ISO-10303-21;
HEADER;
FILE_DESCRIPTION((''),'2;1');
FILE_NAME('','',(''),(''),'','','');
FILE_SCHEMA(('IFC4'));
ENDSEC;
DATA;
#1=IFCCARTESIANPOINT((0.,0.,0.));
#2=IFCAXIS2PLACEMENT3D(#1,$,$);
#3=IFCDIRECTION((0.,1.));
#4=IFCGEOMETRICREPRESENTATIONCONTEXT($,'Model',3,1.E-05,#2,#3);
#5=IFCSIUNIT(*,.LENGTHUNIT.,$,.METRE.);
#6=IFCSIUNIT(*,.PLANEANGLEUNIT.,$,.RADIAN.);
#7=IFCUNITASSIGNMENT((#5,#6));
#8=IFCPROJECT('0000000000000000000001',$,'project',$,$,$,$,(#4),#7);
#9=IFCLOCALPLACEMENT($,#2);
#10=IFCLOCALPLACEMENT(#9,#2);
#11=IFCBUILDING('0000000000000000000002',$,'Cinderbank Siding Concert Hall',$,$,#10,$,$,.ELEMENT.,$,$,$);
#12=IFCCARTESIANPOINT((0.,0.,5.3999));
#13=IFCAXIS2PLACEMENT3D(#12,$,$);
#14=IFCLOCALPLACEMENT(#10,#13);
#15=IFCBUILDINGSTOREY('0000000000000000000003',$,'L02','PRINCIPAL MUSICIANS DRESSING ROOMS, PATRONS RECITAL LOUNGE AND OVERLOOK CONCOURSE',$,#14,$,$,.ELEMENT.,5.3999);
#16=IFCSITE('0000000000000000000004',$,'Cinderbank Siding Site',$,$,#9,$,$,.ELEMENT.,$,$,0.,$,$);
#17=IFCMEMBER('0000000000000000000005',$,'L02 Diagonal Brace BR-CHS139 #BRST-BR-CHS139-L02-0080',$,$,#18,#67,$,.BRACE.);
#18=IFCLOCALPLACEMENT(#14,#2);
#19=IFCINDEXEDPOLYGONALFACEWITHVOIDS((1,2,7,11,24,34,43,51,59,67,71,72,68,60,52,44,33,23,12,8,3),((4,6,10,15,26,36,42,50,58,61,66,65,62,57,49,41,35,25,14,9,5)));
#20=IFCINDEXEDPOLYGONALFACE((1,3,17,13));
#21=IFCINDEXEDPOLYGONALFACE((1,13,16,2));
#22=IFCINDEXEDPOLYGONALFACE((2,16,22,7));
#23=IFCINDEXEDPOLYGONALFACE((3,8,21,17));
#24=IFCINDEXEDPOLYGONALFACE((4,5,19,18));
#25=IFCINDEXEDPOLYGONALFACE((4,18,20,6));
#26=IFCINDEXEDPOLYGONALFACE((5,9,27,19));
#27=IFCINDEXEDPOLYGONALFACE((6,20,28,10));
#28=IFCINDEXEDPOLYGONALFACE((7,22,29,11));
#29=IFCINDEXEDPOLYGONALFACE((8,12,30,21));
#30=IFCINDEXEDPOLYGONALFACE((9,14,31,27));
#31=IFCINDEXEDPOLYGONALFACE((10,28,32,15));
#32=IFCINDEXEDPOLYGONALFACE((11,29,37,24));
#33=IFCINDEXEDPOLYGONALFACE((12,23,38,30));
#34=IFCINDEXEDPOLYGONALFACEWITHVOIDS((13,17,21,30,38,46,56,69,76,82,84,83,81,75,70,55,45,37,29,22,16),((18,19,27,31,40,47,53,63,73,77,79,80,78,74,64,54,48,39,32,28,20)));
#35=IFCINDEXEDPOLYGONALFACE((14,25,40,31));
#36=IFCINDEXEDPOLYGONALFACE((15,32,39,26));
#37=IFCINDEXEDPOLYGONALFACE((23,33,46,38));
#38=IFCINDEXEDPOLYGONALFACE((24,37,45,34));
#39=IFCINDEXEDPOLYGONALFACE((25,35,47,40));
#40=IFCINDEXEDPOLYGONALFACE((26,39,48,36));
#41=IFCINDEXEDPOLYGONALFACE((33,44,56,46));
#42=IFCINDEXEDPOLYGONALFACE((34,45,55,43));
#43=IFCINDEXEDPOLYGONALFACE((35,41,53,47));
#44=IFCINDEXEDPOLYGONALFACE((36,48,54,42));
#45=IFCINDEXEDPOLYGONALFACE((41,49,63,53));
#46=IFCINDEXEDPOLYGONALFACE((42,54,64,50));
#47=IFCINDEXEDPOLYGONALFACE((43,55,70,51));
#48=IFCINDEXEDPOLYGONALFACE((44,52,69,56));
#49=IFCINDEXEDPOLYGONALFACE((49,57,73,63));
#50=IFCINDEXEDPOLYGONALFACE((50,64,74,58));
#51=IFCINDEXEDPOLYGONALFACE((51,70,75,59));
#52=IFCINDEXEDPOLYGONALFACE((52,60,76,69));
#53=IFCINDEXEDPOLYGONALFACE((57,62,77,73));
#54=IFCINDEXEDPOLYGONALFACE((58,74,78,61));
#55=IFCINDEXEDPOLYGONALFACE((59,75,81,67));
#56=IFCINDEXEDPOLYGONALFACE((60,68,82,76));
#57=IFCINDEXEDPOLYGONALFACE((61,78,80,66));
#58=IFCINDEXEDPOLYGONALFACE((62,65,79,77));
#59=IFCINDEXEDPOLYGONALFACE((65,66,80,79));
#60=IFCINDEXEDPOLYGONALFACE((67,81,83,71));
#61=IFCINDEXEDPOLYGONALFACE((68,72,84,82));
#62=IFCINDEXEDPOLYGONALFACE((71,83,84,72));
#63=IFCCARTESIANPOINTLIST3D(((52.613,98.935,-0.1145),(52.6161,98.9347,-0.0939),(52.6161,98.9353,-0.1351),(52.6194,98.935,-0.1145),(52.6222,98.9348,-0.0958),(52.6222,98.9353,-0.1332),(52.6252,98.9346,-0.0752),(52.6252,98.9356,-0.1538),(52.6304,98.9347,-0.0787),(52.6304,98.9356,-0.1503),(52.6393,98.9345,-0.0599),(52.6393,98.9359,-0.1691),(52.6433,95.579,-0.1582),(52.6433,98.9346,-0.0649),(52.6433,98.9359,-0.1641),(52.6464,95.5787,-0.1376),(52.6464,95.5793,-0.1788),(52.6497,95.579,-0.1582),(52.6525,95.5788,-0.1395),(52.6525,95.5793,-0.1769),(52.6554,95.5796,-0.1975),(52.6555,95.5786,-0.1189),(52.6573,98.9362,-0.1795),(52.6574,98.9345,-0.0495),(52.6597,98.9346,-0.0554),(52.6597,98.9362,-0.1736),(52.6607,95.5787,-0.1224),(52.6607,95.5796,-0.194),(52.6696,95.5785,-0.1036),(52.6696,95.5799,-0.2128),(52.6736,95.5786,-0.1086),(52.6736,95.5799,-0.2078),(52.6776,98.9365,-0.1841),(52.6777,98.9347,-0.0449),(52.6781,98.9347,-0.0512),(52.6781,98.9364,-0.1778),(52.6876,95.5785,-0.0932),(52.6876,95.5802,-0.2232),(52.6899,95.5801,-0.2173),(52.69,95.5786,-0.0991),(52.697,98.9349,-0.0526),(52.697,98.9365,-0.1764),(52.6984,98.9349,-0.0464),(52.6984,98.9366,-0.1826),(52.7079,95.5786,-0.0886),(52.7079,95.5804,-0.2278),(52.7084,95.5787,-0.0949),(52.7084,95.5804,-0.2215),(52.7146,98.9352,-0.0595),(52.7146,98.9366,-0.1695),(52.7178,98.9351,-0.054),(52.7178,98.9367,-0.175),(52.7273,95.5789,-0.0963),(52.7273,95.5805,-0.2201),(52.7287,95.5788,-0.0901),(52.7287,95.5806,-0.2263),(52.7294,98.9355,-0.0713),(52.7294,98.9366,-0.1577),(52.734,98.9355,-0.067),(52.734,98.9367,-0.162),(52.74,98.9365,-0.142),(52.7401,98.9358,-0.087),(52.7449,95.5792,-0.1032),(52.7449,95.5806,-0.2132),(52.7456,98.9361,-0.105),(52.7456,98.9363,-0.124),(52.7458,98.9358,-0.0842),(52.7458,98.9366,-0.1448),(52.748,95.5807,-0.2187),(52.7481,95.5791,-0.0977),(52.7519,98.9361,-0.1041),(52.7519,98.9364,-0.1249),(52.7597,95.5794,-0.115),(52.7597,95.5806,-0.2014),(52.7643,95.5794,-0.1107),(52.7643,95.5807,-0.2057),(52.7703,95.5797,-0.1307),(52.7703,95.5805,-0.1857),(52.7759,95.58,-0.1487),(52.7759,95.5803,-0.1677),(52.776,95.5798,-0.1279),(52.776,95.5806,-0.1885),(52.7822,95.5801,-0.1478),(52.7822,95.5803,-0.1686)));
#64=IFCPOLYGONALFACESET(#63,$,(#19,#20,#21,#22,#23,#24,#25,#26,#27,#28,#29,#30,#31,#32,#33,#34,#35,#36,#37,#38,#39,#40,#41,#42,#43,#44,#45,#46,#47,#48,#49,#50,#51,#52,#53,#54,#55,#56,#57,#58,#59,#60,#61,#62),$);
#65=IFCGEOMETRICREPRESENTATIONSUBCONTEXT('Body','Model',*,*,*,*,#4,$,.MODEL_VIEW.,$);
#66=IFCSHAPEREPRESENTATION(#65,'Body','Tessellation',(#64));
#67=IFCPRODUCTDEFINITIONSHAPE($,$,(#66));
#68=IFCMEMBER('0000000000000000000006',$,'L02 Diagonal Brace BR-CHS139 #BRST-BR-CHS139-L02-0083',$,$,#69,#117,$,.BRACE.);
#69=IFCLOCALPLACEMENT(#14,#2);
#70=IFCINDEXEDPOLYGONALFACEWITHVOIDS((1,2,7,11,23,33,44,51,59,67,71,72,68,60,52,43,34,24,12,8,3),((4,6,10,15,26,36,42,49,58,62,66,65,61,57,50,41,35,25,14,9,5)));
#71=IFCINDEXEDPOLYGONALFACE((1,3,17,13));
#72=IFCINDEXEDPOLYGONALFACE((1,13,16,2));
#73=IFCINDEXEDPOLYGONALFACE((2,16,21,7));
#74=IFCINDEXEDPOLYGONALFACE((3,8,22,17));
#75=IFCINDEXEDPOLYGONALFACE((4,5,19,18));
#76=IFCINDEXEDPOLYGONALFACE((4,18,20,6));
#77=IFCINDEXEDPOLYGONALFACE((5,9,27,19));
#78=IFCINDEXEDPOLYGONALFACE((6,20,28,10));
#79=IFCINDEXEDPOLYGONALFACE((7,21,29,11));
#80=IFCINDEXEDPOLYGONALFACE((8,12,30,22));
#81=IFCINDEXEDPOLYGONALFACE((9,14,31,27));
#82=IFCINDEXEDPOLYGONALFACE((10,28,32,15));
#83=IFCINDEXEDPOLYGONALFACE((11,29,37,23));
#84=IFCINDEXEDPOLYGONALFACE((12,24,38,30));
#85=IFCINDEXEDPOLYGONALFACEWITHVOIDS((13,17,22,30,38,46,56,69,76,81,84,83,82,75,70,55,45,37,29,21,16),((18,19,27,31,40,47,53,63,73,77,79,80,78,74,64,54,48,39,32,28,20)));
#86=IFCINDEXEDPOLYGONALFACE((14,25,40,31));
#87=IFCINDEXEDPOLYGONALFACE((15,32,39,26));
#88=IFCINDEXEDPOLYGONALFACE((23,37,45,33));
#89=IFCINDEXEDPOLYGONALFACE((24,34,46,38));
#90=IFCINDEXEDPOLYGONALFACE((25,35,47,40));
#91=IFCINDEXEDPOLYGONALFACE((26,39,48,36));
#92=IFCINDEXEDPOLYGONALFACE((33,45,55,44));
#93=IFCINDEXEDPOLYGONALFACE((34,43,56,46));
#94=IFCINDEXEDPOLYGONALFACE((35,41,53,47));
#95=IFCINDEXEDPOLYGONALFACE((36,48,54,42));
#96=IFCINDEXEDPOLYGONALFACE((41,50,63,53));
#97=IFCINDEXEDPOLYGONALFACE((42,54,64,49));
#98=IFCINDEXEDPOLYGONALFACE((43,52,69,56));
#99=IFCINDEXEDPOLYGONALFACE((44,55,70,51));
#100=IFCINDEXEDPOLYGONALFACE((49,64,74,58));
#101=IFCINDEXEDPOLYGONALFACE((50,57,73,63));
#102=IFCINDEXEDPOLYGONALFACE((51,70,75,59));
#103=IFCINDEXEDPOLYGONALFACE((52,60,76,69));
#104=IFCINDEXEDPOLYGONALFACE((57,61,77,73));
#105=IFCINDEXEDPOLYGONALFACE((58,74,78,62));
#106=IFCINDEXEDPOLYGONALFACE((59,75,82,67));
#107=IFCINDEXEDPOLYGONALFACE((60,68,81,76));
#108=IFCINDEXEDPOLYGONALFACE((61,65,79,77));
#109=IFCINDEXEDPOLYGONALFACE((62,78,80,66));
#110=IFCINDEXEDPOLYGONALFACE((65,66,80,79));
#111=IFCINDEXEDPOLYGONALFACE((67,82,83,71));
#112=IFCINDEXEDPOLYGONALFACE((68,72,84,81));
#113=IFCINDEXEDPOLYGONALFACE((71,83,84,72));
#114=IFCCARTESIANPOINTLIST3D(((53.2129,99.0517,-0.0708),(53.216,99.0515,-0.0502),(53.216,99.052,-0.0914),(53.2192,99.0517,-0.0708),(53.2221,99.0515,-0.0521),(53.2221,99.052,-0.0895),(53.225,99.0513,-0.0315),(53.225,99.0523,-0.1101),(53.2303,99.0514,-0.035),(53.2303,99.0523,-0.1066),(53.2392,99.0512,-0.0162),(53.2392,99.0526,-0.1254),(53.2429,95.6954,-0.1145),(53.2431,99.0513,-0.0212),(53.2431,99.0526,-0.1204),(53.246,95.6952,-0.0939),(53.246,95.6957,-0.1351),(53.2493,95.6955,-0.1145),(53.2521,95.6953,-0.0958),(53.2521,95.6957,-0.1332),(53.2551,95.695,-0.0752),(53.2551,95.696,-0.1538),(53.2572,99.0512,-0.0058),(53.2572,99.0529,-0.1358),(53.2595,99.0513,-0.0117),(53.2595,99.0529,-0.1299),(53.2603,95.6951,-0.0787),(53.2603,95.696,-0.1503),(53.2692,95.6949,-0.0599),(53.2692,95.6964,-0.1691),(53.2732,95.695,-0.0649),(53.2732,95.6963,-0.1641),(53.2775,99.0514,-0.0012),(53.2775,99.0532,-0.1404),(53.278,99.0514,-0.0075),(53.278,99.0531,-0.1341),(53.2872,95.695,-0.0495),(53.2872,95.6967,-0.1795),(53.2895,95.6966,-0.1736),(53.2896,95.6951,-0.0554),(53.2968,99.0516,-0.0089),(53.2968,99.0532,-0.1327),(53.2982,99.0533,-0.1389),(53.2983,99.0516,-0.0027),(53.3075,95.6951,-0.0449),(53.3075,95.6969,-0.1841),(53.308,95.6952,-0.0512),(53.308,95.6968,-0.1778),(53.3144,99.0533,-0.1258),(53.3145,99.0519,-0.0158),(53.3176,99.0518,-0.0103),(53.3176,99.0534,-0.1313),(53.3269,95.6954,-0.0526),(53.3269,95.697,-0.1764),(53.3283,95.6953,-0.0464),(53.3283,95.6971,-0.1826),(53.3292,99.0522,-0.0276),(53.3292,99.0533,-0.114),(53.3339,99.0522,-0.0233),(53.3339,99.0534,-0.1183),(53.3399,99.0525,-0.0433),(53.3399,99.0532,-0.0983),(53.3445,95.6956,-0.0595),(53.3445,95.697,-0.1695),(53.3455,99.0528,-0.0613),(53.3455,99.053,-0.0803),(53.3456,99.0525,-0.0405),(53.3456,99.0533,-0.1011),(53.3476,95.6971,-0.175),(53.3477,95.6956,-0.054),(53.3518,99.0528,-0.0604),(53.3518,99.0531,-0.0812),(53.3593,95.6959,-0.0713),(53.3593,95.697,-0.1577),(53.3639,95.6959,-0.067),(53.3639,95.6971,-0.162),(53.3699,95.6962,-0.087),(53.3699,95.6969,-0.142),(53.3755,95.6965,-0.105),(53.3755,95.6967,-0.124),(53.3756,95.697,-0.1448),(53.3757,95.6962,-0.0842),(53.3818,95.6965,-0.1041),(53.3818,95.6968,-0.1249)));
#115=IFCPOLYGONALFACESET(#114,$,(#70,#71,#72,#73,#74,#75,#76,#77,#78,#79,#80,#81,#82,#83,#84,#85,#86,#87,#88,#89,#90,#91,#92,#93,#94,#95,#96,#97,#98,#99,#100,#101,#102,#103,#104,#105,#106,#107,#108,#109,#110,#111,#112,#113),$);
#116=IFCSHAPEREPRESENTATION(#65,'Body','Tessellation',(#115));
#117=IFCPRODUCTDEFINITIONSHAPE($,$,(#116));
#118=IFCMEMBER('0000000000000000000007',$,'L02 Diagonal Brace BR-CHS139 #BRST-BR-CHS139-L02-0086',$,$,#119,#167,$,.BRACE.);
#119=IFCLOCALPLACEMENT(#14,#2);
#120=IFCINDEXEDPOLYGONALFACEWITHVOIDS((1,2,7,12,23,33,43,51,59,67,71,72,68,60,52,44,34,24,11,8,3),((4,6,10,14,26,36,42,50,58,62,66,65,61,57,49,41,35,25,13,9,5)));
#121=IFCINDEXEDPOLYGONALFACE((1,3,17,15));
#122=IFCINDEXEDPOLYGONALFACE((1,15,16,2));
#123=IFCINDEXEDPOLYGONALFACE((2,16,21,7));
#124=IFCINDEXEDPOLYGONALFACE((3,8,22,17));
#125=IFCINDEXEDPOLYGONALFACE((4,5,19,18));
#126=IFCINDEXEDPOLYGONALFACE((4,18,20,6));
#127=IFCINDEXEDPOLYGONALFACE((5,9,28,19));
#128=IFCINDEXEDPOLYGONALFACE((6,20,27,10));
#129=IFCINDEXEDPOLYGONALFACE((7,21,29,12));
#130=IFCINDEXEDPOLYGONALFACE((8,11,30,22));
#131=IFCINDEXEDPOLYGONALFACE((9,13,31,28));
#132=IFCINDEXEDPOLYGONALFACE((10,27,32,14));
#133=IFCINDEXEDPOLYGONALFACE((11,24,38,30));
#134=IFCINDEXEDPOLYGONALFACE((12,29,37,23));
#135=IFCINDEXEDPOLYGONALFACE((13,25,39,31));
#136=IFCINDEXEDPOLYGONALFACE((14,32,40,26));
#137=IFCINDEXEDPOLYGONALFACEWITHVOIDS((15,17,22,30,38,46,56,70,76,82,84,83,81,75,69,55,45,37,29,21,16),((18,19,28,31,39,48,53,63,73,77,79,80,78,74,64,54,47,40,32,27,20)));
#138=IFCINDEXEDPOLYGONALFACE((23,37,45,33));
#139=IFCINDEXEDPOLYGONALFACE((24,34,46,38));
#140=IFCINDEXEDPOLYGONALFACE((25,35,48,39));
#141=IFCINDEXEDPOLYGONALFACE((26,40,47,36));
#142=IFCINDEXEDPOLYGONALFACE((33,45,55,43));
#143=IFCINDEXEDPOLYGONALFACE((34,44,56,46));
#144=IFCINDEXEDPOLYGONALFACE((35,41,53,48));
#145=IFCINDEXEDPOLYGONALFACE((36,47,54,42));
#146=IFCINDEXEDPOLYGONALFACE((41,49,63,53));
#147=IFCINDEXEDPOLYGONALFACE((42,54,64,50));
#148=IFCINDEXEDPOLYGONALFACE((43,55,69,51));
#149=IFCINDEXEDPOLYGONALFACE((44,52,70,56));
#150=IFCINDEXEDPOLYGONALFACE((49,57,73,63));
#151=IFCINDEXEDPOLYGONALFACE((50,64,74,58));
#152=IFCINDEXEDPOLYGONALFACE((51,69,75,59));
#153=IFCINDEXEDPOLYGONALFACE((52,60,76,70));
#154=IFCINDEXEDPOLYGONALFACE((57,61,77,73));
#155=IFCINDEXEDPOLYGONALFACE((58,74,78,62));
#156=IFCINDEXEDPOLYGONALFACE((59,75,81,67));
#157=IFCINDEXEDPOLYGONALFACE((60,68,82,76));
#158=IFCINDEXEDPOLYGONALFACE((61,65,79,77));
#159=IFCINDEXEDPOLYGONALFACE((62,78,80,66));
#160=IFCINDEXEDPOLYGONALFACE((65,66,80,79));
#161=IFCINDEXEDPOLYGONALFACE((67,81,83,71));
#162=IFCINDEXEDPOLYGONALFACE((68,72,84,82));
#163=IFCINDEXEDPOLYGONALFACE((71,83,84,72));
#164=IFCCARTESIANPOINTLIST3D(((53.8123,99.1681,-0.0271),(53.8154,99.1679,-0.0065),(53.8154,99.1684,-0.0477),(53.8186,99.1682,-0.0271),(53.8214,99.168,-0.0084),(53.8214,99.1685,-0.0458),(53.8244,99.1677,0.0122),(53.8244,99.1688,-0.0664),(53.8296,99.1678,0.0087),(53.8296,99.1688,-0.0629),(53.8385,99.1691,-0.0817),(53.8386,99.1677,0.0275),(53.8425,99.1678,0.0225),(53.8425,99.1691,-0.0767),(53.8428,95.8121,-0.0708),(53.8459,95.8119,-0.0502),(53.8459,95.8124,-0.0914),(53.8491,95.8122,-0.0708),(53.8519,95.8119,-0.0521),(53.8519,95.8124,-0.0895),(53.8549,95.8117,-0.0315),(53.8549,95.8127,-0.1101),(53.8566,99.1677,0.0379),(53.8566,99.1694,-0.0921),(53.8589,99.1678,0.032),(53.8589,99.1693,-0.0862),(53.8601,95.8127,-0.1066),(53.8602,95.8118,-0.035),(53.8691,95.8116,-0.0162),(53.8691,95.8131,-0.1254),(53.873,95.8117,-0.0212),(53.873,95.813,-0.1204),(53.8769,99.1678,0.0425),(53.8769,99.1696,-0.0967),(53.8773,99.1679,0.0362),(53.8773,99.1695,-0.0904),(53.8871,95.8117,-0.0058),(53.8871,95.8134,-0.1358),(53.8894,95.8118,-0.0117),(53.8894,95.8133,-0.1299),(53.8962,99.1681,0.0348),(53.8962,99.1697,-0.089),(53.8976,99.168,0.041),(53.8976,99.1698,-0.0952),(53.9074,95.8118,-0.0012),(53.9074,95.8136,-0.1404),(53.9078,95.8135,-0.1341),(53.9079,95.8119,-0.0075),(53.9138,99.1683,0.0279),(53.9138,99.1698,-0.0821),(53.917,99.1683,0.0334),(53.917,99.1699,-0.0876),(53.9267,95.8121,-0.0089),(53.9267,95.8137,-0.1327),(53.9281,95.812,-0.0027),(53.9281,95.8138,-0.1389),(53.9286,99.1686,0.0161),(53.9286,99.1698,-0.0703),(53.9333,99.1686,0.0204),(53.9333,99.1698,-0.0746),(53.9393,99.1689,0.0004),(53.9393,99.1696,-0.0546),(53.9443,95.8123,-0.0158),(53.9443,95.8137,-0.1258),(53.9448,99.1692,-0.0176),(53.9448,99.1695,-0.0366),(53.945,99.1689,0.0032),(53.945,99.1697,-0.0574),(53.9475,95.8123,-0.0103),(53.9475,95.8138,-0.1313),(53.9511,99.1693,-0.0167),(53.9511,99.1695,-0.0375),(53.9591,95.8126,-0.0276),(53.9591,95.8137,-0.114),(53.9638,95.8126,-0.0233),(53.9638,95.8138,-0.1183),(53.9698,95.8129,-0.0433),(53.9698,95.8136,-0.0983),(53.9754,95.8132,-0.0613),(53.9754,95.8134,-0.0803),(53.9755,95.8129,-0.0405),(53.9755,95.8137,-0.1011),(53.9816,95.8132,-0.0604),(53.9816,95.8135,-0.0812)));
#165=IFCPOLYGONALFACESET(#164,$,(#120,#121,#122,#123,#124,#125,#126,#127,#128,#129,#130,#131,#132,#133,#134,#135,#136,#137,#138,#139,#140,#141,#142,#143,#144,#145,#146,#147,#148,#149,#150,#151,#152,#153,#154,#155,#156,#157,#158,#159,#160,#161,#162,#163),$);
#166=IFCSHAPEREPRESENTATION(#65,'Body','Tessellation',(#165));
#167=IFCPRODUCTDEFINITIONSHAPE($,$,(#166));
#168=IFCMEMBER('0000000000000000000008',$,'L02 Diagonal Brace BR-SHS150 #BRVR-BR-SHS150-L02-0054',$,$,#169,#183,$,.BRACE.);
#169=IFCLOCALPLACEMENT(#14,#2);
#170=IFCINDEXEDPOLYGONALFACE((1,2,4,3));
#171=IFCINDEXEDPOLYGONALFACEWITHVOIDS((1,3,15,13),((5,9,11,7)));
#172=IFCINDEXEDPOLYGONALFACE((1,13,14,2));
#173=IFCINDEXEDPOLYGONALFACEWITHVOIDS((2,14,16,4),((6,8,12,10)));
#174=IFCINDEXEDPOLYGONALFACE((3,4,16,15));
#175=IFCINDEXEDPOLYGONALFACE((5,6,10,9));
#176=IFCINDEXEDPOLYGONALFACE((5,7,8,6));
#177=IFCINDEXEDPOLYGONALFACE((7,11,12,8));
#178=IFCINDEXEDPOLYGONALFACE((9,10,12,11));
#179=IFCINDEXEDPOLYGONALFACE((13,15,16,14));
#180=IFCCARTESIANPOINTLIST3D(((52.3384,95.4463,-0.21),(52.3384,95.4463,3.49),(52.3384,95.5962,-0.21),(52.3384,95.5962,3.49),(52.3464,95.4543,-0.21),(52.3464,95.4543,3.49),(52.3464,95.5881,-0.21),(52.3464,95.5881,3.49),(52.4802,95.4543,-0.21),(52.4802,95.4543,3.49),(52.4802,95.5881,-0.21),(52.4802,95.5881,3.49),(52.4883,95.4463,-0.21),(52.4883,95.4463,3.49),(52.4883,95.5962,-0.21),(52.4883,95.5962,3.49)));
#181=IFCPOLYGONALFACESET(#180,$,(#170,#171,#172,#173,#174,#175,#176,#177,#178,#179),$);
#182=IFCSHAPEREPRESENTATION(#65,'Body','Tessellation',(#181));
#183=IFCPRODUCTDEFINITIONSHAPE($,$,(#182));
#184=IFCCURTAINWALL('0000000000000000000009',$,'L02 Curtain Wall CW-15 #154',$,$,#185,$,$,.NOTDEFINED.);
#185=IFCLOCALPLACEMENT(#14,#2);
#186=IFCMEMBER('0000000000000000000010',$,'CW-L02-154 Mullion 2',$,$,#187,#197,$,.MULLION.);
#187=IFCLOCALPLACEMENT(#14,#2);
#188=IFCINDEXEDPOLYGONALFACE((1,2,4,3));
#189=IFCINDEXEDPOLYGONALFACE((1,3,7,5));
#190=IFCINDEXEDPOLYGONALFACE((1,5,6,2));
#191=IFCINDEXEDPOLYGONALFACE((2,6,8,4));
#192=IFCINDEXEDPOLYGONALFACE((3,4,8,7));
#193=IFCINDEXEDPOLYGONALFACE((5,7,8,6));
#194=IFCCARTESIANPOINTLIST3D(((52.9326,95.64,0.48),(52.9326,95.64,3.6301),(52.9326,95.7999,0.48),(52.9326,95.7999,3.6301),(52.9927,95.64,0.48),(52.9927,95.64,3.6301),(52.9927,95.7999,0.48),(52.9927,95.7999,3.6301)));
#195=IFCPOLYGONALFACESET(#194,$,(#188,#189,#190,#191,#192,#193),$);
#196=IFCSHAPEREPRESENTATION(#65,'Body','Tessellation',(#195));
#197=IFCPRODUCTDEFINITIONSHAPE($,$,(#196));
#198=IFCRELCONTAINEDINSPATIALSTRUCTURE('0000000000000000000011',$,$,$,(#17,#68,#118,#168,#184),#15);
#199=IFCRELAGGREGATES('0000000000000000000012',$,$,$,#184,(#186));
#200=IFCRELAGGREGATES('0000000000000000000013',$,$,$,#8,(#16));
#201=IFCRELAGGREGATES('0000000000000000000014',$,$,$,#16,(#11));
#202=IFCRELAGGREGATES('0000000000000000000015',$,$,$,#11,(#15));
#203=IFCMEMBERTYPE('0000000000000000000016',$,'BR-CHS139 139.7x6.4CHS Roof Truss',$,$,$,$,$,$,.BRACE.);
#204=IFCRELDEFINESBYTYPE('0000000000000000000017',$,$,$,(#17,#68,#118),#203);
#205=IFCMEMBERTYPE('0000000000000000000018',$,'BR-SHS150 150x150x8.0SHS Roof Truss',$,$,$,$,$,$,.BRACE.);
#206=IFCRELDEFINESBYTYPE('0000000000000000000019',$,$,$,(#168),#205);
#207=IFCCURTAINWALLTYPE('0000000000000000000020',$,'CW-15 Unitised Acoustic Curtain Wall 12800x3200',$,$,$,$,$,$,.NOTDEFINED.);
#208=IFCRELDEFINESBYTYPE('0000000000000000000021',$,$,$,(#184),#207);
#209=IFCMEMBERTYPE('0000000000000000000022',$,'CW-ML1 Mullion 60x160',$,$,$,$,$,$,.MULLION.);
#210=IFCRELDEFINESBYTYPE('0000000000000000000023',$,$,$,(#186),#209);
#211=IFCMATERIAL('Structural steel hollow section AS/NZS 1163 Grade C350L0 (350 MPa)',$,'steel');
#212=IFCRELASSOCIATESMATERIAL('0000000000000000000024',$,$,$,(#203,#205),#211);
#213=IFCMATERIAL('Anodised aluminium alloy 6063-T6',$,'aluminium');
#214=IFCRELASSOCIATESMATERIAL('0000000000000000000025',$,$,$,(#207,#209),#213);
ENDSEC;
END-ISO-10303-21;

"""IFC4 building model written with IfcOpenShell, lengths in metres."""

from ifc_helpers import new_model, si_unit, direction, frame, origin, origin_2d, place, context, subcontext, project, spatial, rectangle, hollow_rectangle, hollow_circle, extrude, material, material_profile, profile_set, type_object, element, aggregate, save


model = new_model("IFC4")

# Units and contexts
model_context = context("Model", 3, precision=1e-05, world=origin(), true_north=direction((0.0, 1.0)))
body_context = subcontext(model_context, "Body", "Model", "MODEL_VIEW")
ifc_project = project(units=[si_unit("LENGTHUNIT", "METRE"), si_unit("PLANEANGLEUNIT", "RADIAN")], contexts=[model_context])

# Site, building, storey
site_placement = place(None, origin())
site = spatial("IfcSite", under=ifc_project, at=site_placement, Name="Cinderbank Siding Site", CompositionType="ELEMENT", RefElevation=0.0)
building_placement = place(site_placement, origin())
building = spatial("IfcBuilding", under=site, at=building_placement, Name="Cinderbank Siding Concert Hall", CompositionType="ELEMENT")
storey_placement = place(building_placement, frame((0.0, 0.0, 5.3999)))
storey = spatial("IfcBuildingStorey", under=building, at=storey_placement, Name="L02", Description="PRINCIPAL MUSICIANS DRESSING ROOMS, PATRONS RECITAL LOUNGE AND OVERLOOK CONCOURSE", CompositionType="ELEMENT", Elevation=5.3999)

# Members
ifc_material_1 = material(Name="Structural steel hollow section AS/NZS 1163 Grade C350L0 (350 MPa)", Category="steel")
ifc_material_profile_1 = material_profile(ifc_material_1, hollow_circle(Radius=0.0698, WallThickness=0.0063, at=origin_2d()), Name="139.7x6.4CHS", Category="LoadBearing")
ifc_profile_set_1 = profile_set([ifc_material_profile_1], Name="Structural steel hollow section AS/NZS 1163 Grade C350L0 (350 MPa)")
member_type_1 = type_object("IfcMemberType", Name="BR-CHS139 139.7x6.4CHS Roof Truss", PredefinedType="BRACE", material=ifc_profile_set_1)
member_1_placement = place(storey_placement, frame((52.7131, 95.5796, -0.1582), z_axis=(-0.00902, 0.999875, 0.01302), x_axis=(-0.999959, -0.00902, 0.0)))
element("IfcMember", 1, at=member_1_placement, inside=storey, type_object=member_type_1, Name="L02 Diagonal Brace BR-CHS139 #BRST-BR-CHS139-L02-0080", PredefinedType="BRACE", context=body_context, shape_type="SweptSolid", body=[
    extrude(hollow_circle(Radius=0.0698, WallThickness=0.0063, at=origin_2d()), origin(), (0.0, 0.0, 1.0), 3.3564),
])
member_2_placement = place(storey_placement, frame((53.3127, 95.696, -0.1145), z_axis=(-0.008946, 0.999875, 0.013019), x_axis=(-0.99996, -0.008947, 0.0)))
element("IfcMember", 2, at=member_2_placement, inside=storey, type_object=member_type_1, Name="L02 Diagonal Brace BR-CHS139 #BRST-BR-CHS139-L02-0083", PredefinedType="BRACE", context=body_context, shape_type="SweptSolid", body=[
    extrude(hollow_circle(Radius=0.0698, WallThickness=0.0063, at=origin_2d()), origin(), (0.0, 0.0, 1.0), 3.3567),
])
member_3_placement = place(storey_placement, frame((53.9126, 95.8127, -0.0708), z_axis=(-0.009092, 0.999874, 0.01302), x_axis=(-0.999959, -0.009093, 0.0)))
element("IfcMember", 3, at=member_3_placement, inside=storey, type_object=member_type_1, Name="L02 Diagonal Brace BR-CHS139 #BRST-BR-CHS139-L02-0086", PredefinedType="BRACE", context=body_context, shape_type="SweptSolid", body=[
    extrude(hollow_circle(Radius=0.0698, WallThickness=0.0063, at=origin_2d()), origin(), (0.0, 0.0, 1.0), 3.3564),
])
ifc_material_profile_2 = material_profile(ifc_material_1, hollow_rectangle(XDim=0.1499, YDim=0.1499, WallThickness=0.0081, at=origin_2d()), Name="150x150x8.0SHS", Category="LoadBearing")
ifc_profile_set_2 = profile_set([ifc_material_profile_2], Name="Structural steel hollow section AS/NZS 1163 Grade C350L0 (350 MPa)")
member_type_2 = type_object("IfcMemberType", Name="BR-SHS150 150x150x8.0SHS Roof Truss", PredefinedType="BRACE", material=ifc_profile_set_2)
member_4_placement = place(storey_placement, frame((52.4133, 95.5212, -0.21), z_axis=(0.0, 0.0, 1.0), x_axis=(1.0, 0.0, 0.0)))
element("IfcMember", 4, at=member_4_placement, inside=storey, type_object=member_type_2, Name="L02 Diagonal Brace BR-SHS150 #BRVR-BR-SHS150-L02-0054", PredefinedType="BRACE", context=body_context, shape_type="SweptSolid", body=[
    extrude(hollow_rectangle(XDim=0.1499, YDim=0.1499, WallThickness=0.0081, at=origin_2d()), origin(), (0.0, 0.0, 1.0), 3.7),
])

# Curtain wall, member
ifc_material_2 = material(Name="Anodised aluminium alloy 6063-T6", Category="aluminium")
curtain_wall_type = type_object("IfcCurtainWallType", Name="CW-15 Unitised Acoustic Curtain Wall 12800x3200", PredefinedType="NOTDEFINED", material=ifc_material_2)
curtain_wall_placement = place(storey_placement, origin())
curtain_wall = element("IfcCurtainWall", 5, at=curtain_wall_placement, inside=storey, type_object=curtain_wall_type, Name="L02 Curtain Wall CW-15 #154", PredefinedType="NOTDEFINED")
ifc_material_profile_3 = material_profile(ifc_material_2, rectangle(XDim=0.0601, YDim=0.1599, at=origin_2d()), Name="ALU-MULL-60x160", Category="LoadBearing")
ifc_profile_set_3 = profile_set([ifc_material_profile_3], Name="Anodised aluminium alloy 6063-T6")
member_type_3 = type_object("IfcMemberType", Name="CW-ML1 Mullion 60x160", PredefinedType="MULLION", material=ifc_profile_set_3)
member_5_placement = place(storey_placement, frame((52.9626, 95.72, 0.48), z_axis=(0.0, 0.0, 1.0), x_axis=(1.0, 0.0, 0.0)))
member_5 = element("IfcMember", 6, at=member_5_placement, type_object=member_type_3, Name="CW-L02-154 Mullion 2", PredefinedType="MULLION", context=body_context, shape_type="SweptSolid", body=[
    extrude(rectangle(XDim=0.0601, YDim=0.1599, at=origin_2d()), origin(), (0.0, 0.0, 1.0), 3.1501),
])

aggregate(curtain_wall, [member_5])

save(model, "model.ifc")
